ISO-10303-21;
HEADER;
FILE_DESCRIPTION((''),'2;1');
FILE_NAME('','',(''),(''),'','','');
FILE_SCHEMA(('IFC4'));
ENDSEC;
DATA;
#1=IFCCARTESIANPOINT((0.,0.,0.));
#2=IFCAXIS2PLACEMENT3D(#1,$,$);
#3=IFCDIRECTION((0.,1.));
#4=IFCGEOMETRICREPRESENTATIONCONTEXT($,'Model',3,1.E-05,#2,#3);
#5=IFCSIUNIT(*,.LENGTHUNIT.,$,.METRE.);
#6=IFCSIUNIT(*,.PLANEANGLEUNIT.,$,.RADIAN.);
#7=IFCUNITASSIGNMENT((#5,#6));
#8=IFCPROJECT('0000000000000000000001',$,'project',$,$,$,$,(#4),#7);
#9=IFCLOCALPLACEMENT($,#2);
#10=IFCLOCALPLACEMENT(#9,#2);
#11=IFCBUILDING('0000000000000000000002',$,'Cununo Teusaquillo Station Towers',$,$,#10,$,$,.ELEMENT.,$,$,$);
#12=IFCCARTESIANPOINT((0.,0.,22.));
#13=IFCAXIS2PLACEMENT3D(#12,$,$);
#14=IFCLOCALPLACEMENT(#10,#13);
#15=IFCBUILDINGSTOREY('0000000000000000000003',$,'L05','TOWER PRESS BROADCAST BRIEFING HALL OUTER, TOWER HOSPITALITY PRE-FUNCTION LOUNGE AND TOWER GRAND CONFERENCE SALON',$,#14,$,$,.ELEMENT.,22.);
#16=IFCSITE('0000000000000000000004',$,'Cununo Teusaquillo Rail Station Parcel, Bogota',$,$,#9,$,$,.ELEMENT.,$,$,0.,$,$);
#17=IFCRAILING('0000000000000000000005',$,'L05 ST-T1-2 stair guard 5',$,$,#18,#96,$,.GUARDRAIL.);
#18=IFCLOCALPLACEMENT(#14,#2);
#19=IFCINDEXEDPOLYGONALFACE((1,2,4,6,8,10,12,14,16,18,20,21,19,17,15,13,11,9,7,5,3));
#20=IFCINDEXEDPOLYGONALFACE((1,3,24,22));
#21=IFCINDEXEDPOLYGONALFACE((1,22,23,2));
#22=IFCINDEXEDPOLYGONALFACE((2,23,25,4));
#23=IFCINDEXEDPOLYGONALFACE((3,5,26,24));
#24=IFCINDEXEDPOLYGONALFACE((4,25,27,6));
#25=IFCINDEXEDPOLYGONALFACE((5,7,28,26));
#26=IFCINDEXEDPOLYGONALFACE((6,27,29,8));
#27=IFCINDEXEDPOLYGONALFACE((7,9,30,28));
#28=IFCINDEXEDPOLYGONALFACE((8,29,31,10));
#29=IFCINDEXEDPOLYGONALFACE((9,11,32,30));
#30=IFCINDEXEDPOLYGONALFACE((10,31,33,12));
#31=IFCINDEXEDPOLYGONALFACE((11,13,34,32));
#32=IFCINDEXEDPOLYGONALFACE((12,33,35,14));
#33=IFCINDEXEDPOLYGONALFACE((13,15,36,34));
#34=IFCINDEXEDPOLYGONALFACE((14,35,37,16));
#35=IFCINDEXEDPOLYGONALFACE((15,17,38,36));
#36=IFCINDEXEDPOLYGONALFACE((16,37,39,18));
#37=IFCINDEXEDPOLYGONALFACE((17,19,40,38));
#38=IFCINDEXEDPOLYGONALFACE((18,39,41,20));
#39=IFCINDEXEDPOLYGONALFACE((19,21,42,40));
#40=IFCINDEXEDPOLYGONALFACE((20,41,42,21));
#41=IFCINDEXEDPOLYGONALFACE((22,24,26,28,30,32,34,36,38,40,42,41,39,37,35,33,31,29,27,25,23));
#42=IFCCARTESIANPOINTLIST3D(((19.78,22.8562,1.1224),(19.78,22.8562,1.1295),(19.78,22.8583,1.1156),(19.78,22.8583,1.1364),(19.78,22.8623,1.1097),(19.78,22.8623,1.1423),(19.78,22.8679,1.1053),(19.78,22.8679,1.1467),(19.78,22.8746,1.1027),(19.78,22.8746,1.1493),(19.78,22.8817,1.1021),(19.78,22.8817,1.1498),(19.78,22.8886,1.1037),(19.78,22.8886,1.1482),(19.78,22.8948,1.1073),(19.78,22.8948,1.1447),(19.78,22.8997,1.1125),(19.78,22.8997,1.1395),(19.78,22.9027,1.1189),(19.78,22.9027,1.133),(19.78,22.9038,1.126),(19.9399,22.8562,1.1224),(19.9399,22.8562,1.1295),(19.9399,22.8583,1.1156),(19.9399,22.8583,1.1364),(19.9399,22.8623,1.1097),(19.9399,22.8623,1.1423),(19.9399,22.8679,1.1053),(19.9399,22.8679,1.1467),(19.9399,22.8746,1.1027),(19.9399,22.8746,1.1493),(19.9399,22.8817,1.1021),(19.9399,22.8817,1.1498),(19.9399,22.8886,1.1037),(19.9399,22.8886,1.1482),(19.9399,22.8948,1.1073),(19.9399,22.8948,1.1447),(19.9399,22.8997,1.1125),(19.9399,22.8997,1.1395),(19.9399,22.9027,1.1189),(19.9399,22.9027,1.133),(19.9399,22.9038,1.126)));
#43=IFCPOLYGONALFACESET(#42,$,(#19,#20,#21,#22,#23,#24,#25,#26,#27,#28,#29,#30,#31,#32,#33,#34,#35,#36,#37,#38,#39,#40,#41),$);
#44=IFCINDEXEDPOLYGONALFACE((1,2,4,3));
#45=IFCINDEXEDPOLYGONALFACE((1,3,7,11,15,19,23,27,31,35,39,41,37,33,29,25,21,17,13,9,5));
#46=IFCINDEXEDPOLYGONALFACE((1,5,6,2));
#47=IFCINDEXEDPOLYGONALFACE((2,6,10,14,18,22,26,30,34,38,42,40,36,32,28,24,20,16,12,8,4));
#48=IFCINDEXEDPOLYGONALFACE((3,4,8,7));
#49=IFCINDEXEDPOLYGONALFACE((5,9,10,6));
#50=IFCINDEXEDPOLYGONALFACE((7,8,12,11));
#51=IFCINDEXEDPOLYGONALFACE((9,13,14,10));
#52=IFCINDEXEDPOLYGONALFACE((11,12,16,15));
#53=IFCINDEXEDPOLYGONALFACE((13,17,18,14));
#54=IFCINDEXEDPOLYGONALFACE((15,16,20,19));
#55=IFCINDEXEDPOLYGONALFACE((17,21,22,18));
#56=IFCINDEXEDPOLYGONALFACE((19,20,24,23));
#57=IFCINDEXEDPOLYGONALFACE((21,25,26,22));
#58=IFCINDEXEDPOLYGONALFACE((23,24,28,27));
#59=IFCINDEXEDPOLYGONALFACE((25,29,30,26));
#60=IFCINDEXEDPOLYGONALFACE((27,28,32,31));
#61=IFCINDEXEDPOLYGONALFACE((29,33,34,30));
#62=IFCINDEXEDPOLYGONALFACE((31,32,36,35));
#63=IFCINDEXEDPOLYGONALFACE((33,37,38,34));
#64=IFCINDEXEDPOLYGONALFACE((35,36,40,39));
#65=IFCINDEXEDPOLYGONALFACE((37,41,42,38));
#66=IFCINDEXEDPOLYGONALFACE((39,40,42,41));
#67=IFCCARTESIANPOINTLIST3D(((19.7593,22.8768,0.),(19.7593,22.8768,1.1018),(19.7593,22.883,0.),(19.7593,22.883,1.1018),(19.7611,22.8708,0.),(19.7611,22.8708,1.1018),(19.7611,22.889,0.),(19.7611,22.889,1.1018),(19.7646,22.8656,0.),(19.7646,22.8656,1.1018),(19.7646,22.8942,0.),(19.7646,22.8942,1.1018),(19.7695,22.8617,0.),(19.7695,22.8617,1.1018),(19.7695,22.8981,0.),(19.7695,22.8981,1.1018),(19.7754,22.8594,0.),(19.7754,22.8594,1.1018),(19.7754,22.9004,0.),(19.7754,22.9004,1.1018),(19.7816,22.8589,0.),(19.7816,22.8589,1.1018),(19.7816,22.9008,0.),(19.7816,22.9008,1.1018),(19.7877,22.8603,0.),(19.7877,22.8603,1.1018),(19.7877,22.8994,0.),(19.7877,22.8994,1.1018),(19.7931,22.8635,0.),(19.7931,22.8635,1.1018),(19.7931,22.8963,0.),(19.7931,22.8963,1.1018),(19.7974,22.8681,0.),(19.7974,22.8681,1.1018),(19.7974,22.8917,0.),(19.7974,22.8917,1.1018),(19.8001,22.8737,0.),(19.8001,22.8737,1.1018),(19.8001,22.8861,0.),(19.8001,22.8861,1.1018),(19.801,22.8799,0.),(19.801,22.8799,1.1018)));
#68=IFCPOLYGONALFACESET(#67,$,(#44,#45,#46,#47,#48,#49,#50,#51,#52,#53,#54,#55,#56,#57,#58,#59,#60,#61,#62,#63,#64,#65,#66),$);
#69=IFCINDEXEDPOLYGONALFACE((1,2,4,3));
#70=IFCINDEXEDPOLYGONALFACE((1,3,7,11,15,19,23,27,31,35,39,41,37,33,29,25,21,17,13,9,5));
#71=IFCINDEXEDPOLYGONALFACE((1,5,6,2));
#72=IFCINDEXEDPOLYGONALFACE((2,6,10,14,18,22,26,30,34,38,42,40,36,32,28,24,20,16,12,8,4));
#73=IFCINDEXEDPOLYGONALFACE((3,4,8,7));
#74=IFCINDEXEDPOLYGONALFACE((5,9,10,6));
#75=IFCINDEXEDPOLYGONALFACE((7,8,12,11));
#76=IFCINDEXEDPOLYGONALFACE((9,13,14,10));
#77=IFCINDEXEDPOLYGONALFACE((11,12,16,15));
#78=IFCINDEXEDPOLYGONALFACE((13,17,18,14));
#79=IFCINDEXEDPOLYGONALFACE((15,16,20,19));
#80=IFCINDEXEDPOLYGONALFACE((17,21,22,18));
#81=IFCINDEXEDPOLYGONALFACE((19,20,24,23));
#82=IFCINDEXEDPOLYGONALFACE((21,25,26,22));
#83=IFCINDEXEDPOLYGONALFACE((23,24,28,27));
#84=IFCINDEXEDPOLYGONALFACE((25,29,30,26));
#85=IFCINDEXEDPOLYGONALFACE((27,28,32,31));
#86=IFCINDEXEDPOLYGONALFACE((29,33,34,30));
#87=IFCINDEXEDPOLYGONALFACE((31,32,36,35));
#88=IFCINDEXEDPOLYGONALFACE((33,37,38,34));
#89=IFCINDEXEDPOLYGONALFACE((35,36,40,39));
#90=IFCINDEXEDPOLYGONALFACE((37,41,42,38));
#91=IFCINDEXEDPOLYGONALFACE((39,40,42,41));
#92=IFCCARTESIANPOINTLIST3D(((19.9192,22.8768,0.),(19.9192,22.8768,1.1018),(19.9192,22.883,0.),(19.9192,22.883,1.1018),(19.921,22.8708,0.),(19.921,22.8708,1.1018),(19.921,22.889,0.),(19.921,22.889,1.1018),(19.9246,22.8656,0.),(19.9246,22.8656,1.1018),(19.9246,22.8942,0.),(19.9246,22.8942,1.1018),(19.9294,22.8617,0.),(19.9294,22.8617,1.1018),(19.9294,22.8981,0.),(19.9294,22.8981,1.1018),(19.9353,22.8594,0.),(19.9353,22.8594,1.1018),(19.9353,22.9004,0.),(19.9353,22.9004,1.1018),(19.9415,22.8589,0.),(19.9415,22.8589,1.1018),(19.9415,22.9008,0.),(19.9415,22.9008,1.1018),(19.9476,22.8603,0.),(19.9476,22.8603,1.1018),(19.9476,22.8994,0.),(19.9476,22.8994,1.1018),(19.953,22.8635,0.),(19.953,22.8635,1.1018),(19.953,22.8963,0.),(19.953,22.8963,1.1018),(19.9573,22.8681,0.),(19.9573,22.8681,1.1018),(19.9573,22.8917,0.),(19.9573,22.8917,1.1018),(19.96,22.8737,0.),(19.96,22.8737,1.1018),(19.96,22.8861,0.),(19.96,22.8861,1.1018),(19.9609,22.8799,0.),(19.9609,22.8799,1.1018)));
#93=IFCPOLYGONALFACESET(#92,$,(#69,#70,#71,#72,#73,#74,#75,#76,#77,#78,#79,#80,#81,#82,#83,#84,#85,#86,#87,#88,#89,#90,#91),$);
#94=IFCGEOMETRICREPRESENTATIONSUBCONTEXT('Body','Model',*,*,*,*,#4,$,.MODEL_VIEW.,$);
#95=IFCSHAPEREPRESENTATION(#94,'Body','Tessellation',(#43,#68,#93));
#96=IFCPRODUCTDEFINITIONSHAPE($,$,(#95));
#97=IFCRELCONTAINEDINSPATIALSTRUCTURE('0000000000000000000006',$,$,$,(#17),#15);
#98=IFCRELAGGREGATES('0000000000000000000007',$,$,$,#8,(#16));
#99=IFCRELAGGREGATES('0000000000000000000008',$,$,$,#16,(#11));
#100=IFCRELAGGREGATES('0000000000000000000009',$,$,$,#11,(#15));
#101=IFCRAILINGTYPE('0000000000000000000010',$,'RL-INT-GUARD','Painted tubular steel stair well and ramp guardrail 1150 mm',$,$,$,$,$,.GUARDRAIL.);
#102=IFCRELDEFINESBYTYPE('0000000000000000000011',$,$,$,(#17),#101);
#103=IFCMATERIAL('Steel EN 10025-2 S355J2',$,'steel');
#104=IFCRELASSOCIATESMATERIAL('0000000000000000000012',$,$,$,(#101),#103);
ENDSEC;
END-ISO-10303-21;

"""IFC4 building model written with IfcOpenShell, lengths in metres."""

from ifc_helpers import new_model, si_unit, direction, frame, origin, origin_2d, place, context, subcontext, project, spatial, circle, extrude, material, type_object, element, save


model = new_model("IFC4")

# Units and contexts
model_context = context("Model", 3, precision=1e-05, world=origin(), true_north=direction((0.0, 1.0)))
body_context = subcontext(model_context, "Body", "Model", "MODEL_VIEW")
ifc_project = project(units=[si_unit("LENGTHUNIT", "METRE"), si_unit("PLANEANGLEUNIT", "RADIAN")], contexts=[model_context])

# Site, building, storey
site_placement = place(None, origin())
site = spatial("IfcSite", under=ifc_project, at=site_placement, Name="Cununo Teusaquillo Rail Station Parcel, Bogota", CompositionType="ELEMENT", RefElevation=0.0)
building_placement = place(site_placement, origin())
building = spatial("IfcBuilding", under=site, at=building_placement, Name="Cununo Teusaquillo Station Towers", CompositionType="ELEMENT")
storey_placement = place(building_placement, frame((0.0, 0.0, 22.0)))
storey = spatial("IfcBuildingStorey", under=building, at=storey_placement, Name="L05", Description="TOWER PRESS BROADCAST BRIEFING HALL OUTER, TOWER HOSPITALITY PRE-FUNCTION LOUNGE AND TOWER GRAND CONFERENCE SALON", CompositionType="ELEMENT", Elevation=22.0)

# Railing
ifc_material_1 = material(Name="Steel EN 10025-2 S355J2", Category="steel")
railing_type_1 = type_object("IfcRailingType", Name="RL-INT-GUARD", Description="Painted tubular steel stair well and ramp guardrail 1150 mm", PredefinedType="GUARDRAIL", material=ifc_material_1)
railing_1_placement = place(storey_placement, frame((19.78, 22.8799, 0.0)))
element("IfcRailing", 1, at=railing_1_placement, inside=storey, type_object=railing_type_1, Name="L05 ST-T1-2 stair guard 5", PredefinedType="GUARDRAIL", context=body_context, shape_type="SweptSolid", body=[
    extrude(circle(Radius=0.0239, at=origin_2d()), frame((0.0, 0.0, 1.126), z_axis=(1.0, 0.0, 0.0), x_axis=(0.0, 1.0, 0.0)), (0.0, 0.0, 1.0), 0.1599),
    extrude(circle(Radius=0.021, at=origin_2d()), origin(), (0.0, 0.0, 1.0), 1.1018),
    extrude(circle(Radius=0.021, at=origin_2d()), frame((0.1599, 0.0, 0.0)), (0.0, 0.0, 1.0), 1.1018),
])

save(model, "model.ifc")
